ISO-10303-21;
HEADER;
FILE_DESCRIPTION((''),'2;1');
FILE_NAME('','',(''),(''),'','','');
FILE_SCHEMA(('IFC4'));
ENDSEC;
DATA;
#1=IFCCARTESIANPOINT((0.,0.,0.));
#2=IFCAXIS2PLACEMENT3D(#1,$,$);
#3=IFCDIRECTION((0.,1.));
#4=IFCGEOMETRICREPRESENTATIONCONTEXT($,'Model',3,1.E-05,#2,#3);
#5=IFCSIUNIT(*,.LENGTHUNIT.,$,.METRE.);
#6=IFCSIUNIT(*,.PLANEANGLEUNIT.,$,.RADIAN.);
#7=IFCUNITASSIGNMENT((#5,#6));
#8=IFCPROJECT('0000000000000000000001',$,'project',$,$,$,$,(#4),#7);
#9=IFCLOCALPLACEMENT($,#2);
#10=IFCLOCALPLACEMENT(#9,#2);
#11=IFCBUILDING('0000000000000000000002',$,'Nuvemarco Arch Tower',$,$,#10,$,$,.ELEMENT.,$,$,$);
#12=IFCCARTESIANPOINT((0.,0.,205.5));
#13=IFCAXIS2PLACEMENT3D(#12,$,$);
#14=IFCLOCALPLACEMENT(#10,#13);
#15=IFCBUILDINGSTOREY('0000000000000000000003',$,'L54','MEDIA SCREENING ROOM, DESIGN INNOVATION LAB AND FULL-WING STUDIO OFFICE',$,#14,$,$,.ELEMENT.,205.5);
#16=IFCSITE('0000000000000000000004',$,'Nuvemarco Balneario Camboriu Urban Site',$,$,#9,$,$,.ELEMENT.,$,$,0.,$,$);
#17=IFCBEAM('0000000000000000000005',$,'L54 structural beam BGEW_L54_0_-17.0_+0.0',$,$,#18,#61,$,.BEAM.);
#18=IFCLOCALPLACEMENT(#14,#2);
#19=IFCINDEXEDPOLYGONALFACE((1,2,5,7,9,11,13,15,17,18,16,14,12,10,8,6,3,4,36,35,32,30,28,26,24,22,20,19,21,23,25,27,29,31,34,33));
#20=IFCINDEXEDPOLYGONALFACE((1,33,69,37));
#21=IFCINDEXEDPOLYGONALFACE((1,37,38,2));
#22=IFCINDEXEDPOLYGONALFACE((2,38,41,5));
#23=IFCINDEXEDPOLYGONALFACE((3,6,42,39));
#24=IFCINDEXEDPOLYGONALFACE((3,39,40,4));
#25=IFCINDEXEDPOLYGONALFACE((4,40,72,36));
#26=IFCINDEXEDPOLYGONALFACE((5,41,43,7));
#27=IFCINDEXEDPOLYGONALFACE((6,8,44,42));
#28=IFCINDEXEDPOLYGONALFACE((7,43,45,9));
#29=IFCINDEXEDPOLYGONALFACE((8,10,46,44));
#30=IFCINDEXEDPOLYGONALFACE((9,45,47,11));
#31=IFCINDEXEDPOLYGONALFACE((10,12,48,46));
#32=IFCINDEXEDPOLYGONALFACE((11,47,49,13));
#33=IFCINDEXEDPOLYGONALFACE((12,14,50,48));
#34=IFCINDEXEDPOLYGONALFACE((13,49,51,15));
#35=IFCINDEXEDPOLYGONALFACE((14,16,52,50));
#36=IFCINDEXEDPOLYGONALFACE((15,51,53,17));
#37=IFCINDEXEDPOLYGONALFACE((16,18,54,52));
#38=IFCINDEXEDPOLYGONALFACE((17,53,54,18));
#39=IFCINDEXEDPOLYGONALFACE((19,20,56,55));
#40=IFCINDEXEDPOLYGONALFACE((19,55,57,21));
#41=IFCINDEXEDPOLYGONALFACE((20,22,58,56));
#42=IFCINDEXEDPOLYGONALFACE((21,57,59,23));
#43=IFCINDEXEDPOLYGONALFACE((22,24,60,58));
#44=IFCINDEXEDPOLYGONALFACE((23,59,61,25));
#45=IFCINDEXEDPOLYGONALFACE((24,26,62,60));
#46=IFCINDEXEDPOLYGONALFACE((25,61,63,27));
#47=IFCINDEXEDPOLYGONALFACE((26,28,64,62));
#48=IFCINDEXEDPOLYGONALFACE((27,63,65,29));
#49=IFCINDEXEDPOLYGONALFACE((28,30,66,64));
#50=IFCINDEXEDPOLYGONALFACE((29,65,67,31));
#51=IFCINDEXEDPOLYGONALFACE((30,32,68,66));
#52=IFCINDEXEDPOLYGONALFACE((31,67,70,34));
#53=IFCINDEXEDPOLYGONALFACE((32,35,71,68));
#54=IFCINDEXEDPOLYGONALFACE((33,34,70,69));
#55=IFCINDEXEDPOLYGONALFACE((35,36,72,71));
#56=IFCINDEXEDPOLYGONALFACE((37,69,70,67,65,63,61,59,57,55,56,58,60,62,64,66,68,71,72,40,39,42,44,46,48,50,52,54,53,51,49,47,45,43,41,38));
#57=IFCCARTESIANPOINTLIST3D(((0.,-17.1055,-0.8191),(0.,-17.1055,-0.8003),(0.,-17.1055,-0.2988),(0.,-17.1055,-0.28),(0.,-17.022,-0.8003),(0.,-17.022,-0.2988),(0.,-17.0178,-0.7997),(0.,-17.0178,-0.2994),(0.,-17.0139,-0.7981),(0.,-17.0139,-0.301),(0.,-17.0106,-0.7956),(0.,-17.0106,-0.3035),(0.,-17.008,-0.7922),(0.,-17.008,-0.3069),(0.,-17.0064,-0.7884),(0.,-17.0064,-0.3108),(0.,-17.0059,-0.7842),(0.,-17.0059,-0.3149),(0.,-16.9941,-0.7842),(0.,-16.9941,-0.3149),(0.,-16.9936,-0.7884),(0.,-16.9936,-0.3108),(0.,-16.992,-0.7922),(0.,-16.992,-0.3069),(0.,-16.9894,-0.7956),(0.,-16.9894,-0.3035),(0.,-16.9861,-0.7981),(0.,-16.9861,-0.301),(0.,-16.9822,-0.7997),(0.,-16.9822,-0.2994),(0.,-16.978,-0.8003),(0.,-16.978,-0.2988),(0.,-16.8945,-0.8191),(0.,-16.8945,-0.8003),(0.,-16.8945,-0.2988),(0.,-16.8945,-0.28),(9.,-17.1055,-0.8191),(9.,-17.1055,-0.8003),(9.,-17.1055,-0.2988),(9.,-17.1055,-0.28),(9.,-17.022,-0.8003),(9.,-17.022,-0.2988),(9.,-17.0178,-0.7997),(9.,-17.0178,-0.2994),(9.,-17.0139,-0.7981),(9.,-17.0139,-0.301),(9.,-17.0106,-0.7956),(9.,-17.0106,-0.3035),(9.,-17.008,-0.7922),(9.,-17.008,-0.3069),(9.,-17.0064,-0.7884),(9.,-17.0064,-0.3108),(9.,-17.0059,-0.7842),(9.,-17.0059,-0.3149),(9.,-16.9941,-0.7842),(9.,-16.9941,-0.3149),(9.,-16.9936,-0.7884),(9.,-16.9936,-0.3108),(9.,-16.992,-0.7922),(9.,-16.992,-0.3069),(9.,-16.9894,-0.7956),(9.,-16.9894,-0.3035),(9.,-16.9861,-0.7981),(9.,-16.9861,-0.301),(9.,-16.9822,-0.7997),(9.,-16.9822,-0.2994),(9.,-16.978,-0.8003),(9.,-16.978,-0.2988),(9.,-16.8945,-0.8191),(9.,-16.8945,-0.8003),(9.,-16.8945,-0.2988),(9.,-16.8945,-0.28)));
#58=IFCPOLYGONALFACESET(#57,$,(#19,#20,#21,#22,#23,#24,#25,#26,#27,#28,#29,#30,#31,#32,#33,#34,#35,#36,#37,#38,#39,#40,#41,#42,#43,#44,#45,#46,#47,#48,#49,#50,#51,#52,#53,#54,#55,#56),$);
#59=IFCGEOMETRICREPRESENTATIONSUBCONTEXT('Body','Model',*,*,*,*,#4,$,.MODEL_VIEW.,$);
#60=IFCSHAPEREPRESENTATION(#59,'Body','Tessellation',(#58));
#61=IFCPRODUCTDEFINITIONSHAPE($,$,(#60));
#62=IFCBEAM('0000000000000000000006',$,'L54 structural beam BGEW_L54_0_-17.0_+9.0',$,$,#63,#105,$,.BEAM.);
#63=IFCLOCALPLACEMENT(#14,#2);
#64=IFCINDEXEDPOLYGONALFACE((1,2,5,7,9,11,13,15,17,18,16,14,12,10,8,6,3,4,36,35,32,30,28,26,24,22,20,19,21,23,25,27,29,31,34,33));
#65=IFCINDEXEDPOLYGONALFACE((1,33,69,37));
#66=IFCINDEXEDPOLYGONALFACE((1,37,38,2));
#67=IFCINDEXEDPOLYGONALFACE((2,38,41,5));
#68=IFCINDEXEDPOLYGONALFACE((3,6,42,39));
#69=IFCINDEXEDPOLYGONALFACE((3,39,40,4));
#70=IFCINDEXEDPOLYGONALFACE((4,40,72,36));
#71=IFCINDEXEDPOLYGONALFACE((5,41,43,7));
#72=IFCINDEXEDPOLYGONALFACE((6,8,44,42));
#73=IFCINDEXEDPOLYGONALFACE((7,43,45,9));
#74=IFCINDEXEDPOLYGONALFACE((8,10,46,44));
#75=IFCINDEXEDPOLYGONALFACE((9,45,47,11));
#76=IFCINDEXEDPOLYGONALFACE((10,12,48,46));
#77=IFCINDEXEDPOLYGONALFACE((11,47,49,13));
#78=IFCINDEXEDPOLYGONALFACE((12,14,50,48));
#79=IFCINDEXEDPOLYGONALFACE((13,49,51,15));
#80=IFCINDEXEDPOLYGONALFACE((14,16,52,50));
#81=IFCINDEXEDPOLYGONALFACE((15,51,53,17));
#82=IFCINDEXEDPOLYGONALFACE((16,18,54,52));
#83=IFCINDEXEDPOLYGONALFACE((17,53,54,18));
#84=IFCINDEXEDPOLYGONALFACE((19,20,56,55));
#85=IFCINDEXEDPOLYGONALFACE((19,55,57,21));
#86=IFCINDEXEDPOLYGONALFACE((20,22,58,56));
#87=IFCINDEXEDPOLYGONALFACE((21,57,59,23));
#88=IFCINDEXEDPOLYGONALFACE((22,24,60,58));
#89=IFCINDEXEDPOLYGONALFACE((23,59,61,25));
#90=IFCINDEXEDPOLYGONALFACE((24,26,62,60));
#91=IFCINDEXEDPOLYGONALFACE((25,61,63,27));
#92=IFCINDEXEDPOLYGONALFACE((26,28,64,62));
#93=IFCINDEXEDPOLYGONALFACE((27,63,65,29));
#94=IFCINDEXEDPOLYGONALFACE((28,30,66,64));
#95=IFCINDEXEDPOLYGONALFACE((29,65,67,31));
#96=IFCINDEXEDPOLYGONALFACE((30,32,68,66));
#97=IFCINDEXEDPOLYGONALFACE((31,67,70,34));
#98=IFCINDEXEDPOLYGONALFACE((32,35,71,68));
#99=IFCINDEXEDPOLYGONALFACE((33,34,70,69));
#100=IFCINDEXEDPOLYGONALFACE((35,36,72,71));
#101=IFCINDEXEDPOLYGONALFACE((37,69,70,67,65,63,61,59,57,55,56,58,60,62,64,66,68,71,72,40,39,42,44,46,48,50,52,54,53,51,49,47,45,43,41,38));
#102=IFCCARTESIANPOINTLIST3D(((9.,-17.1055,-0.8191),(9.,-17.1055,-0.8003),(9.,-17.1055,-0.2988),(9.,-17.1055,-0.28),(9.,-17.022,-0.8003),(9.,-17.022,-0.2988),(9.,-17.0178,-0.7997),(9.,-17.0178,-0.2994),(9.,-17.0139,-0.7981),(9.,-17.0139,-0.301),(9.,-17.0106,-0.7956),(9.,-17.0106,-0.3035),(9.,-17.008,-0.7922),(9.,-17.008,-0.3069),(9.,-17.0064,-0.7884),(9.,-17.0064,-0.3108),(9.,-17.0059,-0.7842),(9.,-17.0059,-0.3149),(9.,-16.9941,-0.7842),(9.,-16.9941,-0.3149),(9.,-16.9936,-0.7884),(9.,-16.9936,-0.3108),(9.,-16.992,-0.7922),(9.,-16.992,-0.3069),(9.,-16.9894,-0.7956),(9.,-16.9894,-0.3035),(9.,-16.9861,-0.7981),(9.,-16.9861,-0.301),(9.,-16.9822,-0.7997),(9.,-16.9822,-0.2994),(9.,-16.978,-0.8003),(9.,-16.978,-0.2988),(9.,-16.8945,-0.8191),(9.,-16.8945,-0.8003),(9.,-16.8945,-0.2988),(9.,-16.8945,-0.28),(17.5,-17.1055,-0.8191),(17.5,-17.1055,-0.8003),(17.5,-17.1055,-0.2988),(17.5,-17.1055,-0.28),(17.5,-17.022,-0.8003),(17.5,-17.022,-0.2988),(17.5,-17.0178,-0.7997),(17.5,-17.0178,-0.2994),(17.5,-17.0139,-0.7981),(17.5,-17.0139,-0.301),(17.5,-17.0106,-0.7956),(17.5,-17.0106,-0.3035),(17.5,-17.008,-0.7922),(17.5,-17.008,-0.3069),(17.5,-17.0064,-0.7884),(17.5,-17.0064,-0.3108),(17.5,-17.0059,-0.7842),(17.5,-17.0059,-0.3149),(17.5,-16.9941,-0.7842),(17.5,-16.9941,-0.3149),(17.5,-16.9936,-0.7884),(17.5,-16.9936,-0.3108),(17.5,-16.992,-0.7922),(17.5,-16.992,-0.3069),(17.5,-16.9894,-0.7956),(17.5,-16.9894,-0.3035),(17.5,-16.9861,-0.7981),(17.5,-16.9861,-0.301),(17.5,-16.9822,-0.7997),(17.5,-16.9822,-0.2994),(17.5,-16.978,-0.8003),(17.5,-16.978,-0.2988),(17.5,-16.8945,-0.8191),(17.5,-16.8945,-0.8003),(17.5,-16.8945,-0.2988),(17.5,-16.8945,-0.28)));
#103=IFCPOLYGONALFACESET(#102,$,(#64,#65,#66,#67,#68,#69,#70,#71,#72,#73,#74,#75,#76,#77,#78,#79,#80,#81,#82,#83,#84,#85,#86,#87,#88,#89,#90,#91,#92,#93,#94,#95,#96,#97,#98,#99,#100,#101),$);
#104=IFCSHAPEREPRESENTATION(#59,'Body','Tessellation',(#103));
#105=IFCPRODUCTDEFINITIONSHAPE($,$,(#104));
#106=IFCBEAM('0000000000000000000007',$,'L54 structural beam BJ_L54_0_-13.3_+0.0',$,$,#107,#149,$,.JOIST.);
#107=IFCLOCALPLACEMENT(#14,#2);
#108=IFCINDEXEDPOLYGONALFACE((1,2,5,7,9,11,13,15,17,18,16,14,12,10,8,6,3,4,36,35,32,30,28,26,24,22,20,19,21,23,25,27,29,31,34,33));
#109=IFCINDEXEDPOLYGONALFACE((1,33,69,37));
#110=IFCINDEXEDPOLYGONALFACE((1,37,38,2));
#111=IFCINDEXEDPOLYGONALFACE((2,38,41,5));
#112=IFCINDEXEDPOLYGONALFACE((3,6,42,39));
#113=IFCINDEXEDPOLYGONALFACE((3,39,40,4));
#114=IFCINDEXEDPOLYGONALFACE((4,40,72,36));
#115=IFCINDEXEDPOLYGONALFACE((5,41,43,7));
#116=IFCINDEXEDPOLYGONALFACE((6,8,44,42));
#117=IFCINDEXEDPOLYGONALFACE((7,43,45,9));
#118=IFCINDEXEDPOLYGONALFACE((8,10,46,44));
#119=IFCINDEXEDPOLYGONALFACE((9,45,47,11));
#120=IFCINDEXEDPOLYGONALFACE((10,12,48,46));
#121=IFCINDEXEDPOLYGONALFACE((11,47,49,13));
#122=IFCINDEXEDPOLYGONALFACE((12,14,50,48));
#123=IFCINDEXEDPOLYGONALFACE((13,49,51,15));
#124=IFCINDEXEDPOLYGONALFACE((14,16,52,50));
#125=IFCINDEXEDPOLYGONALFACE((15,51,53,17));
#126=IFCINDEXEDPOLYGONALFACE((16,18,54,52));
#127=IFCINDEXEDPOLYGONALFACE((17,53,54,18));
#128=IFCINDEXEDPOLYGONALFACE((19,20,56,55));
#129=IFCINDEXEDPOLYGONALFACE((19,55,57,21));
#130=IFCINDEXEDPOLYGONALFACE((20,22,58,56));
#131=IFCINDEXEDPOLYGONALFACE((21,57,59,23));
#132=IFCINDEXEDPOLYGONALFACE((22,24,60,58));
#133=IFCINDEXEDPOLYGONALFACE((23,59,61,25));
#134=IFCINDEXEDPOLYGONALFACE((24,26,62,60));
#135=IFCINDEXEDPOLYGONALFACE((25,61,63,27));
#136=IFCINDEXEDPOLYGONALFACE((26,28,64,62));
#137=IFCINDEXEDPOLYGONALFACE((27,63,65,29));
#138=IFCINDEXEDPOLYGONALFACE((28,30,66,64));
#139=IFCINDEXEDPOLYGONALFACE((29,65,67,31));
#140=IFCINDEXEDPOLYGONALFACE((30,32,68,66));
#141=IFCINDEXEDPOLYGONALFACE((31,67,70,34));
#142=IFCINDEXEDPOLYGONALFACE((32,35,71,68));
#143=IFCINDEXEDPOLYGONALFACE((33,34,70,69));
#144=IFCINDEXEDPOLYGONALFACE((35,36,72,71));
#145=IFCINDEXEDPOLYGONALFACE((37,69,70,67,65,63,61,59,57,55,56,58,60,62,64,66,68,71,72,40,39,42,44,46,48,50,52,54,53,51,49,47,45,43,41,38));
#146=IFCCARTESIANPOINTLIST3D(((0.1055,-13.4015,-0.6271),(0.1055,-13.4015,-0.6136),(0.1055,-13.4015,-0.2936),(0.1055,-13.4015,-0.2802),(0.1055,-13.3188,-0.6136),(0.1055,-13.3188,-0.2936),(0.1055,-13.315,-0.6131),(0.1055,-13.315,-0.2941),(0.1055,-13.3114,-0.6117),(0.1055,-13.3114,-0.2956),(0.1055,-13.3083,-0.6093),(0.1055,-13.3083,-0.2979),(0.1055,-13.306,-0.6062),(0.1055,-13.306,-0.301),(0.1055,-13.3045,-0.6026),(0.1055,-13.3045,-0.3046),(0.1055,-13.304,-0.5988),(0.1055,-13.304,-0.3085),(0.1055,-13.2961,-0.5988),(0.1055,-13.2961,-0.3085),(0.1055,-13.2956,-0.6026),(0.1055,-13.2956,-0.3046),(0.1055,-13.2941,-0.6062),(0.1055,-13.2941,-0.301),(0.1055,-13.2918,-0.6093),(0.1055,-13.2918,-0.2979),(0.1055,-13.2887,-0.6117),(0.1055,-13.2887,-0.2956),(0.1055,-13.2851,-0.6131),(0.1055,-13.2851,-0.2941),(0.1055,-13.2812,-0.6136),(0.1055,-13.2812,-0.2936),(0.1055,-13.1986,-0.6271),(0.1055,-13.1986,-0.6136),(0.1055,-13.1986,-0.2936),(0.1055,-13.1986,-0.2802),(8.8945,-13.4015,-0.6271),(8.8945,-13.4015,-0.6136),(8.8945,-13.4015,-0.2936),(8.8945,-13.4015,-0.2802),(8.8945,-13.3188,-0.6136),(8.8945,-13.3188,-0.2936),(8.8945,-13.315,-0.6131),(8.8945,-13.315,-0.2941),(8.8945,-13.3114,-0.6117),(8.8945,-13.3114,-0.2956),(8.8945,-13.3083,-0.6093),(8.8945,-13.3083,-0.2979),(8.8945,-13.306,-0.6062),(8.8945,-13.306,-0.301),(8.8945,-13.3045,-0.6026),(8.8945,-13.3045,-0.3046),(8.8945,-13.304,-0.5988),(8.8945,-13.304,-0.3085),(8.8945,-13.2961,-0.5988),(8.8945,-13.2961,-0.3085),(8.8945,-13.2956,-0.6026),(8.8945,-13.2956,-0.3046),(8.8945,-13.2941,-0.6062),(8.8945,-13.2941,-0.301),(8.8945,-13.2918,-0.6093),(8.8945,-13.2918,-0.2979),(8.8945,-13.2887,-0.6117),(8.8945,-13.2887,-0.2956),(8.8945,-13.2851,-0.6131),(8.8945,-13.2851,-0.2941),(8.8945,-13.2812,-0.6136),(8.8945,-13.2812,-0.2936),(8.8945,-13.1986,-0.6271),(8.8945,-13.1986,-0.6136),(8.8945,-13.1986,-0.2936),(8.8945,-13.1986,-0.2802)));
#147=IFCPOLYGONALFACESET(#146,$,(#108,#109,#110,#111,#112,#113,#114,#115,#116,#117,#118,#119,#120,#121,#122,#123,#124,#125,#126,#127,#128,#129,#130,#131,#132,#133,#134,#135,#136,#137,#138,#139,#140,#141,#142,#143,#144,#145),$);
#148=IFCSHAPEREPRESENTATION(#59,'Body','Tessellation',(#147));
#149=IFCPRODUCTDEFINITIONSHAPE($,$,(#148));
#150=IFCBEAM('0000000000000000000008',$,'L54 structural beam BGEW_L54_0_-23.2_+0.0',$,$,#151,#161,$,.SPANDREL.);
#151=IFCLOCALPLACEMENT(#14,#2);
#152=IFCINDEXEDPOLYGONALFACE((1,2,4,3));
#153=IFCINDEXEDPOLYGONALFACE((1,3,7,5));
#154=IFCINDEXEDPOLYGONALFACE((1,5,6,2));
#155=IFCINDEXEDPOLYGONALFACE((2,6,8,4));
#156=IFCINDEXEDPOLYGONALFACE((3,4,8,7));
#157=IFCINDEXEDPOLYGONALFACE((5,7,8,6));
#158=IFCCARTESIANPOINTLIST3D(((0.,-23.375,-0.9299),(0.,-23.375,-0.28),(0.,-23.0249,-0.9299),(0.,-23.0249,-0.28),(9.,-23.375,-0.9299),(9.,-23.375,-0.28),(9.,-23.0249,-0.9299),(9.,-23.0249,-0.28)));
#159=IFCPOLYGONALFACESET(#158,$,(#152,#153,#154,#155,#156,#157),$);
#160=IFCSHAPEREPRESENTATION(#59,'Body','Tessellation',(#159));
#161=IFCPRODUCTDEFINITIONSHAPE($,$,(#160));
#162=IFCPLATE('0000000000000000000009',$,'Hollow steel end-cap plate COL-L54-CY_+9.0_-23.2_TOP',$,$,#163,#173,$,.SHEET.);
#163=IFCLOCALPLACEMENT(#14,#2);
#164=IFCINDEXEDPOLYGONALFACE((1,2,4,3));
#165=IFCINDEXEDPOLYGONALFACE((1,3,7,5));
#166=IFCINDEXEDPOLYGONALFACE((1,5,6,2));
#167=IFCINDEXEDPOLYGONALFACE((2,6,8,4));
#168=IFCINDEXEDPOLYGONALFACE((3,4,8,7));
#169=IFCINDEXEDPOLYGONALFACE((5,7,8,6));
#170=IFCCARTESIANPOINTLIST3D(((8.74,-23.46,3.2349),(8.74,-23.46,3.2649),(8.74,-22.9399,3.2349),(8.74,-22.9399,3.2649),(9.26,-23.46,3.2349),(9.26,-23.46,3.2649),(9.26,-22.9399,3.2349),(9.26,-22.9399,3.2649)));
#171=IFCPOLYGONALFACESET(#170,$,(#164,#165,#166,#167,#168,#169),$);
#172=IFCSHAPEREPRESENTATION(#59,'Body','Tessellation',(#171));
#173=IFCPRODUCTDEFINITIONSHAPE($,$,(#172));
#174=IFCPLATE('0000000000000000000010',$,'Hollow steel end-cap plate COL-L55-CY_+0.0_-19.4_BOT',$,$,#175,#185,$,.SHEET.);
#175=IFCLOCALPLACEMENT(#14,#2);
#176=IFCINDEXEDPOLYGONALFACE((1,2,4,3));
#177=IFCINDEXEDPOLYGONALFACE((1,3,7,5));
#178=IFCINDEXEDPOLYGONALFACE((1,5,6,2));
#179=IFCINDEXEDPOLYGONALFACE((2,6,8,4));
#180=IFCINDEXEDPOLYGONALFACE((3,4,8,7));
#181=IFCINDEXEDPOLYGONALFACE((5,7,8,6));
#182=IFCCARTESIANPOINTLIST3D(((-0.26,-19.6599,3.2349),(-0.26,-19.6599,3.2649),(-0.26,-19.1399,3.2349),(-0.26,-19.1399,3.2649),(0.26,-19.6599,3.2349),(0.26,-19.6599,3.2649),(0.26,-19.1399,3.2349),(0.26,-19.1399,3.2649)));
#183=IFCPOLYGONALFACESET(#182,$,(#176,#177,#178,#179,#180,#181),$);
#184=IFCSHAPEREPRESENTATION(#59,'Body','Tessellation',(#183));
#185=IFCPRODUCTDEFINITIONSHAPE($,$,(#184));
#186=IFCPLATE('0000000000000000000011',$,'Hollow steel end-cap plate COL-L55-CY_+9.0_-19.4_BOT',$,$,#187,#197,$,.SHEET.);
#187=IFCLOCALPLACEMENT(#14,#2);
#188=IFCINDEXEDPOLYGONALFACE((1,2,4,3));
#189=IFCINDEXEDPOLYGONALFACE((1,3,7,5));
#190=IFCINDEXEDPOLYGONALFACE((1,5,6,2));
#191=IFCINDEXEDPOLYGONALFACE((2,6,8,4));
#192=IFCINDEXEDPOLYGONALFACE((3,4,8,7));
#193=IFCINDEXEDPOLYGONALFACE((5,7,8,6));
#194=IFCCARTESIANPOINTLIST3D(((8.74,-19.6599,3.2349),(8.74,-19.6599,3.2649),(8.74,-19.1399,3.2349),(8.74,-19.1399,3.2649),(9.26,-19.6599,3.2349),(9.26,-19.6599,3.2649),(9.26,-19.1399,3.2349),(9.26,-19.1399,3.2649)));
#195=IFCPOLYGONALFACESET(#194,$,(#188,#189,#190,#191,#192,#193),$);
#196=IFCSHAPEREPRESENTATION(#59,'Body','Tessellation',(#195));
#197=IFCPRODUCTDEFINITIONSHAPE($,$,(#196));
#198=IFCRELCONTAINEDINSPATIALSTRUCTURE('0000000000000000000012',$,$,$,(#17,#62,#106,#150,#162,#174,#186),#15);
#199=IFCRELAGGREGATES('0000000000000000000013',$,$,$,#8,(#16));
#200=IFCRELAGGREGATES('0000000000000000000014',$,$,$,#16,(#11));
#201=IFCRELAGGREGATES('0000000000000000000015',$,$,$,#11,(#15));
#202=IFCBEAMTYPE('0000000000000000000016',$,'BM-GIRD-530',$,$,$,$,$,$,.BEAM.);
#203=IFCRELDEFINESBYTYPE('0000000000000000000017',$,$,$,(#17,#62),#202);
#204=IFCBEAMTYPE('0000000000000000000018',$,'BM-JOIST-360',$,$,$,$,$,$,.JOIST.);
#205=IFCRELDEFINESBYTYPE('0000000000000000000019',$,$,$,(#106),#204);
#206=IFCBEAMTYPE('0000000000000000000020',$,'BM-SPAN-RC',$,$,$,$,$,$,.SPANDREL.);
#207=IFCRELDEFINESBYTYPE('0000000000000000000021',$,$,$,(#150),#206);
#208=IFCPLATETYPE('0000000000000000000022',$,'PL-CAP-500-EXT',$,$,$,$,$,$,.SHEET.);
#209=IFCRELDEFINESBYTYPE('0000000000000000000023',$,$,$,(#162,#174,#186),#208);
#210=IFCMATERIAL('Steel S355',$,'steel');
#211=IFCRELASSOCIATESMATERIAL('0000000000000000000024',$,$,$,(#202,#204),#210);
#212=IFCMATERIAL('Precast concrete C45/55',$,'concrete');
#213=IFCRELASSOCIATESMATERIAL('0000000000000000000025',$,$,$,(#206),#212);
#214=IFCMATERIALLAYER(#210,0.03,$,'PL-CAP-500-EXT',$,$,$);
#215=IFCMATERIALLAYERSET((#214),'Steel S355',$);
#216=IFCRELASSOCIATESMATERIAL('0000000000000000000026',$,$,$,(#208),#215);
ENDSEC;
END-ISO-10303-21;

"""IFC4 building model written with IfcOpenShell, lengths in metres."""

from ifc_helpers import new_model, si_unit, direction, frame, origin, origin_2d, place, context, subcontext, project, spatial, rectangle, i_section, extrude, source, transform, mapped, material, layer, layer_set, material_profile, profile_set, type_object, type_shapes, element, save


model = new_model("IFC4")

# Units and contexts
model_context = context("Model", 3, precision=1e-05, world=origin(), true_north=direction((0.0, 1.0)))
body_context = subcontext(model_context, "Body", "Model", "MODEL_VIEW")
ifc_project = project(units=[si_unit("LENGTHUNIT", "METRE"), si_unit("PLANEANGLEUNIT", "RADIAN")], contexts=[model_context])

# Site, building, storey
site_placement = place(None, origin())
site = spatial("IfcSite", under=ifc_project, at=site_placement, Name="Nuvemarco Balneario Camboriu Urban Site", CompositionType="ELEMENT", RefElevation=0.0)
building_placement = place(site_placement, origin())
building = spatial("IfcBuilding", under=site, at=building_placement, Name="Nuvemarco Arch Tower", CompositionType="ELEMENT")
storey_placement = place(building_placement, frame((0.0, 0.0, 205.5)))
storey = spatial("IfcBuildingStorey", under=building, at=storey_placement, Name="L54", Description="MEDIA SCREENING ROOM, DESIGN INNOVATION LAB AND FULL-WING STUDIO OFFICE", CompositionType="ELEMENT", Elevation=205.5)

# Shared definitions
ifc_material_1 = material(Name="Steel S355", Category="steel")

# Beams
ifc_material_profile_1 = material_profile(ifc_material_1, i_section(OverallWidth=0.2109, OverallDepth=0.5391, WebThickness=0.0117, FlangeThickness=0.0188, FilletRadius=0.0161, at=origin_2d()), Name="W530x109")
ifc_profile_set_1 = profile_set([ifc_material_profile_1], Name="Steel S355")
beam_type_1 = type_object("IfcBeamType", Name="BM-GIRD-530", PredefinedType="BEAM", material=ifc_profile_set_1)
beam_1_placement = place(storey_placement, frame((0.0, -17.0, -0.5496), z_axis=(1.0, 0.0, 0.0), x_axis=(0.0, 1.0, 0.0)))
element("IfcBeam", 1, at=beam_1_placement, inside=storey, type_object=beam_type_1, Name="L54 structural beam BGEW_L54_0_-17.0_+0.0", PredefinedType="BEAM", context=body_context, shape_type="SweptSolid", body=[
    extrude(i_section(OverallWidth=0.2109, OverallDepth=0.5391, WebThickness=0.0117, FlangeThickness=0.0188, FilletRadius=0.0161, at=origin_2d()), origin(), (0.0, 0.0, 1.0), 9.0),
])
beam_2_placement = place(storey_placement, frame((9.0, -17.0, -0.5496), z_axis=(1.0, 0.0, 0.0), x_axis=(0.0, 1.0, 0.0)))
element("IfcBeam", 2, at=beam_2_placement, inside=storey, type_object=beam_type_1, Name="L54 structural beam BGEW_L54_0_-17.0_+9.0", PredefinedType="BEAM", context=body_context, shape_type="SweptSolid", body=[
    extrude(i_section(OverallWidth=0.2109, OverallDepth=0.5391, WebThickness=0.0117, FlangeThickness=0.0188, FilletRadius=0.0161, at=origin_2d()), origin(), (0.0, 0.0, 1.0), 8.5),
])
ifc_material_profile_2 = material_profile(ifc_material_1, i_section(OverallWidth=0.2029, OverallDepth=0.3469, WebThickness=0.0078, FlangeThickness=0.0134, FilletRadius=0.0149, at=origin_2d()), Name="W360x64")
ifc_profile_set_2 = profile_set([ifc_material_profile_2], Name="Steel S355")
beam_type_2 = type_object("IfcBeamType", Name="BM-JOIST-360", PredefinedType="JOIST", material=ifc_profile_set_2)
beam_3_placement = place(storey_placement, frame((0.1055, -13.3, -0.4536), z_axis=(1.0, 0.0, 0.0), x_axis=(0.0, 1.0, 0.0)))
element("IfcBeam", 3, at=beam_3_placement, inside=storey, type_object=beam_type_2, Name="L54 structural beam BJ_L54_0_-13.3_+0.0", PredefinedType="JOIST", context=body_context, shape_type="SweptSolid", body=[
    extrude(i_section(OverallWidth=0.2029, OverallDepth=0.3469, WebThickness=0.0078, FlangeThickness=0.0134, FilletRadius=0.0149, at=origin_2d()), origin(), (0.0, 0.0, 1.0), 8.7891),
])
ifc_material_2 = material(Name="Precast concrete C45/55", Category="concrete")
ifc_material_profile_3 = material_profile(ifc_material_2, rectangle(XDim=0.3501, YDim=0.6499, at=origin_2d()), Name="PC-SP-350x650")
ifc_profile_set_3 = profile_set([ifc_material_profile_3], Name="Precast concrete C45/55")
beam_type_3 = type_object("IfcBeamType", Name="BM-SPAN-RC", PredefinedType="SPANDREL", material=ifc_profile_set_3)
beam_4_placement = place(storey_placement, frame((0.0, -23.2, -0.605), z_axis=(1.0, 0.0, 0.0), x_axis=(0.0, 1.0, 0.0)))
element("IfcBeam", 4, at=beam_4_placement, inside=storey, type_object=beam_type_3, Name="L54 structural beam BGEW_L54_0_-23.2_+0.0", PredefinedType="SPANDREL", context=body_context, shape_type="SweptSolid", body=[
    extrude(rectangle(XDim=0.3501, YDim=0.6499, at=origin_2d()), origin(), (0.0, 0.0, 1.0), 9.0),
])

# Plates
ifc_layer_1 = layer(ifc_material_1, 0.03, Name="PL-CAP-500-EXT")
ifc_layer_set_1 = layer_set([ifc_layer_1], Name="Steel S355")
plate_type = type_object("IfcPlateType", Name="PL-CAP-500-EXT", PredefinedType="SHEET", material=ifc_layer_set_1)
shared_shape_1 = source(origin(), body_context, "Body", "SweptSolid", [
    extrude(rectangle(XDim=0.52, YDim=0.52, at=origin_2d()), origin(), (0.0, 0.0, 1.0), 0.03),
])
type_shapes(plate_type, [shared_shape_1])
for number, where, z_axis, x_axis, name in (
    (5, (9.0, -23.2, 3.2349), (0.0, 0.0, 1.0), (1.0, 0.0, 0.0), "Hollow steel end-cap plate COL-L54-CY_+9.0_-23.2_TOP"),
    (6, (0.0, -19.3999, 3.2349), (0.0, 0.0, 1.0), (1.0, 0.0, 0.0), "Hollow steel end-cap plate COL-L55-CY_+0.0_-19.4_BOT"),
    (7, (9.0, -19.3999, 3.2349), (0.0, 0.0, 1.0), (1.0, 0.0, 0.0), "Hollow steel end-cap plate COL-L55-CY_+9.0_-19.4_BOT"),
):
    element("IfcPlate", number, at=place(storey_placement, frame(where, z_axis=z_axis, x_axis=x_axis)), inside=storey, type_object=plate_type, Name=name, PredefinedType="SHEET", context=body_context, shape_type="MappedRepresentation", body=[
        mapped(shared_shape_1, transform((0.0, 0.0, 0.0), scale=1.0)),
    ])

save(model, "model.ifc")
